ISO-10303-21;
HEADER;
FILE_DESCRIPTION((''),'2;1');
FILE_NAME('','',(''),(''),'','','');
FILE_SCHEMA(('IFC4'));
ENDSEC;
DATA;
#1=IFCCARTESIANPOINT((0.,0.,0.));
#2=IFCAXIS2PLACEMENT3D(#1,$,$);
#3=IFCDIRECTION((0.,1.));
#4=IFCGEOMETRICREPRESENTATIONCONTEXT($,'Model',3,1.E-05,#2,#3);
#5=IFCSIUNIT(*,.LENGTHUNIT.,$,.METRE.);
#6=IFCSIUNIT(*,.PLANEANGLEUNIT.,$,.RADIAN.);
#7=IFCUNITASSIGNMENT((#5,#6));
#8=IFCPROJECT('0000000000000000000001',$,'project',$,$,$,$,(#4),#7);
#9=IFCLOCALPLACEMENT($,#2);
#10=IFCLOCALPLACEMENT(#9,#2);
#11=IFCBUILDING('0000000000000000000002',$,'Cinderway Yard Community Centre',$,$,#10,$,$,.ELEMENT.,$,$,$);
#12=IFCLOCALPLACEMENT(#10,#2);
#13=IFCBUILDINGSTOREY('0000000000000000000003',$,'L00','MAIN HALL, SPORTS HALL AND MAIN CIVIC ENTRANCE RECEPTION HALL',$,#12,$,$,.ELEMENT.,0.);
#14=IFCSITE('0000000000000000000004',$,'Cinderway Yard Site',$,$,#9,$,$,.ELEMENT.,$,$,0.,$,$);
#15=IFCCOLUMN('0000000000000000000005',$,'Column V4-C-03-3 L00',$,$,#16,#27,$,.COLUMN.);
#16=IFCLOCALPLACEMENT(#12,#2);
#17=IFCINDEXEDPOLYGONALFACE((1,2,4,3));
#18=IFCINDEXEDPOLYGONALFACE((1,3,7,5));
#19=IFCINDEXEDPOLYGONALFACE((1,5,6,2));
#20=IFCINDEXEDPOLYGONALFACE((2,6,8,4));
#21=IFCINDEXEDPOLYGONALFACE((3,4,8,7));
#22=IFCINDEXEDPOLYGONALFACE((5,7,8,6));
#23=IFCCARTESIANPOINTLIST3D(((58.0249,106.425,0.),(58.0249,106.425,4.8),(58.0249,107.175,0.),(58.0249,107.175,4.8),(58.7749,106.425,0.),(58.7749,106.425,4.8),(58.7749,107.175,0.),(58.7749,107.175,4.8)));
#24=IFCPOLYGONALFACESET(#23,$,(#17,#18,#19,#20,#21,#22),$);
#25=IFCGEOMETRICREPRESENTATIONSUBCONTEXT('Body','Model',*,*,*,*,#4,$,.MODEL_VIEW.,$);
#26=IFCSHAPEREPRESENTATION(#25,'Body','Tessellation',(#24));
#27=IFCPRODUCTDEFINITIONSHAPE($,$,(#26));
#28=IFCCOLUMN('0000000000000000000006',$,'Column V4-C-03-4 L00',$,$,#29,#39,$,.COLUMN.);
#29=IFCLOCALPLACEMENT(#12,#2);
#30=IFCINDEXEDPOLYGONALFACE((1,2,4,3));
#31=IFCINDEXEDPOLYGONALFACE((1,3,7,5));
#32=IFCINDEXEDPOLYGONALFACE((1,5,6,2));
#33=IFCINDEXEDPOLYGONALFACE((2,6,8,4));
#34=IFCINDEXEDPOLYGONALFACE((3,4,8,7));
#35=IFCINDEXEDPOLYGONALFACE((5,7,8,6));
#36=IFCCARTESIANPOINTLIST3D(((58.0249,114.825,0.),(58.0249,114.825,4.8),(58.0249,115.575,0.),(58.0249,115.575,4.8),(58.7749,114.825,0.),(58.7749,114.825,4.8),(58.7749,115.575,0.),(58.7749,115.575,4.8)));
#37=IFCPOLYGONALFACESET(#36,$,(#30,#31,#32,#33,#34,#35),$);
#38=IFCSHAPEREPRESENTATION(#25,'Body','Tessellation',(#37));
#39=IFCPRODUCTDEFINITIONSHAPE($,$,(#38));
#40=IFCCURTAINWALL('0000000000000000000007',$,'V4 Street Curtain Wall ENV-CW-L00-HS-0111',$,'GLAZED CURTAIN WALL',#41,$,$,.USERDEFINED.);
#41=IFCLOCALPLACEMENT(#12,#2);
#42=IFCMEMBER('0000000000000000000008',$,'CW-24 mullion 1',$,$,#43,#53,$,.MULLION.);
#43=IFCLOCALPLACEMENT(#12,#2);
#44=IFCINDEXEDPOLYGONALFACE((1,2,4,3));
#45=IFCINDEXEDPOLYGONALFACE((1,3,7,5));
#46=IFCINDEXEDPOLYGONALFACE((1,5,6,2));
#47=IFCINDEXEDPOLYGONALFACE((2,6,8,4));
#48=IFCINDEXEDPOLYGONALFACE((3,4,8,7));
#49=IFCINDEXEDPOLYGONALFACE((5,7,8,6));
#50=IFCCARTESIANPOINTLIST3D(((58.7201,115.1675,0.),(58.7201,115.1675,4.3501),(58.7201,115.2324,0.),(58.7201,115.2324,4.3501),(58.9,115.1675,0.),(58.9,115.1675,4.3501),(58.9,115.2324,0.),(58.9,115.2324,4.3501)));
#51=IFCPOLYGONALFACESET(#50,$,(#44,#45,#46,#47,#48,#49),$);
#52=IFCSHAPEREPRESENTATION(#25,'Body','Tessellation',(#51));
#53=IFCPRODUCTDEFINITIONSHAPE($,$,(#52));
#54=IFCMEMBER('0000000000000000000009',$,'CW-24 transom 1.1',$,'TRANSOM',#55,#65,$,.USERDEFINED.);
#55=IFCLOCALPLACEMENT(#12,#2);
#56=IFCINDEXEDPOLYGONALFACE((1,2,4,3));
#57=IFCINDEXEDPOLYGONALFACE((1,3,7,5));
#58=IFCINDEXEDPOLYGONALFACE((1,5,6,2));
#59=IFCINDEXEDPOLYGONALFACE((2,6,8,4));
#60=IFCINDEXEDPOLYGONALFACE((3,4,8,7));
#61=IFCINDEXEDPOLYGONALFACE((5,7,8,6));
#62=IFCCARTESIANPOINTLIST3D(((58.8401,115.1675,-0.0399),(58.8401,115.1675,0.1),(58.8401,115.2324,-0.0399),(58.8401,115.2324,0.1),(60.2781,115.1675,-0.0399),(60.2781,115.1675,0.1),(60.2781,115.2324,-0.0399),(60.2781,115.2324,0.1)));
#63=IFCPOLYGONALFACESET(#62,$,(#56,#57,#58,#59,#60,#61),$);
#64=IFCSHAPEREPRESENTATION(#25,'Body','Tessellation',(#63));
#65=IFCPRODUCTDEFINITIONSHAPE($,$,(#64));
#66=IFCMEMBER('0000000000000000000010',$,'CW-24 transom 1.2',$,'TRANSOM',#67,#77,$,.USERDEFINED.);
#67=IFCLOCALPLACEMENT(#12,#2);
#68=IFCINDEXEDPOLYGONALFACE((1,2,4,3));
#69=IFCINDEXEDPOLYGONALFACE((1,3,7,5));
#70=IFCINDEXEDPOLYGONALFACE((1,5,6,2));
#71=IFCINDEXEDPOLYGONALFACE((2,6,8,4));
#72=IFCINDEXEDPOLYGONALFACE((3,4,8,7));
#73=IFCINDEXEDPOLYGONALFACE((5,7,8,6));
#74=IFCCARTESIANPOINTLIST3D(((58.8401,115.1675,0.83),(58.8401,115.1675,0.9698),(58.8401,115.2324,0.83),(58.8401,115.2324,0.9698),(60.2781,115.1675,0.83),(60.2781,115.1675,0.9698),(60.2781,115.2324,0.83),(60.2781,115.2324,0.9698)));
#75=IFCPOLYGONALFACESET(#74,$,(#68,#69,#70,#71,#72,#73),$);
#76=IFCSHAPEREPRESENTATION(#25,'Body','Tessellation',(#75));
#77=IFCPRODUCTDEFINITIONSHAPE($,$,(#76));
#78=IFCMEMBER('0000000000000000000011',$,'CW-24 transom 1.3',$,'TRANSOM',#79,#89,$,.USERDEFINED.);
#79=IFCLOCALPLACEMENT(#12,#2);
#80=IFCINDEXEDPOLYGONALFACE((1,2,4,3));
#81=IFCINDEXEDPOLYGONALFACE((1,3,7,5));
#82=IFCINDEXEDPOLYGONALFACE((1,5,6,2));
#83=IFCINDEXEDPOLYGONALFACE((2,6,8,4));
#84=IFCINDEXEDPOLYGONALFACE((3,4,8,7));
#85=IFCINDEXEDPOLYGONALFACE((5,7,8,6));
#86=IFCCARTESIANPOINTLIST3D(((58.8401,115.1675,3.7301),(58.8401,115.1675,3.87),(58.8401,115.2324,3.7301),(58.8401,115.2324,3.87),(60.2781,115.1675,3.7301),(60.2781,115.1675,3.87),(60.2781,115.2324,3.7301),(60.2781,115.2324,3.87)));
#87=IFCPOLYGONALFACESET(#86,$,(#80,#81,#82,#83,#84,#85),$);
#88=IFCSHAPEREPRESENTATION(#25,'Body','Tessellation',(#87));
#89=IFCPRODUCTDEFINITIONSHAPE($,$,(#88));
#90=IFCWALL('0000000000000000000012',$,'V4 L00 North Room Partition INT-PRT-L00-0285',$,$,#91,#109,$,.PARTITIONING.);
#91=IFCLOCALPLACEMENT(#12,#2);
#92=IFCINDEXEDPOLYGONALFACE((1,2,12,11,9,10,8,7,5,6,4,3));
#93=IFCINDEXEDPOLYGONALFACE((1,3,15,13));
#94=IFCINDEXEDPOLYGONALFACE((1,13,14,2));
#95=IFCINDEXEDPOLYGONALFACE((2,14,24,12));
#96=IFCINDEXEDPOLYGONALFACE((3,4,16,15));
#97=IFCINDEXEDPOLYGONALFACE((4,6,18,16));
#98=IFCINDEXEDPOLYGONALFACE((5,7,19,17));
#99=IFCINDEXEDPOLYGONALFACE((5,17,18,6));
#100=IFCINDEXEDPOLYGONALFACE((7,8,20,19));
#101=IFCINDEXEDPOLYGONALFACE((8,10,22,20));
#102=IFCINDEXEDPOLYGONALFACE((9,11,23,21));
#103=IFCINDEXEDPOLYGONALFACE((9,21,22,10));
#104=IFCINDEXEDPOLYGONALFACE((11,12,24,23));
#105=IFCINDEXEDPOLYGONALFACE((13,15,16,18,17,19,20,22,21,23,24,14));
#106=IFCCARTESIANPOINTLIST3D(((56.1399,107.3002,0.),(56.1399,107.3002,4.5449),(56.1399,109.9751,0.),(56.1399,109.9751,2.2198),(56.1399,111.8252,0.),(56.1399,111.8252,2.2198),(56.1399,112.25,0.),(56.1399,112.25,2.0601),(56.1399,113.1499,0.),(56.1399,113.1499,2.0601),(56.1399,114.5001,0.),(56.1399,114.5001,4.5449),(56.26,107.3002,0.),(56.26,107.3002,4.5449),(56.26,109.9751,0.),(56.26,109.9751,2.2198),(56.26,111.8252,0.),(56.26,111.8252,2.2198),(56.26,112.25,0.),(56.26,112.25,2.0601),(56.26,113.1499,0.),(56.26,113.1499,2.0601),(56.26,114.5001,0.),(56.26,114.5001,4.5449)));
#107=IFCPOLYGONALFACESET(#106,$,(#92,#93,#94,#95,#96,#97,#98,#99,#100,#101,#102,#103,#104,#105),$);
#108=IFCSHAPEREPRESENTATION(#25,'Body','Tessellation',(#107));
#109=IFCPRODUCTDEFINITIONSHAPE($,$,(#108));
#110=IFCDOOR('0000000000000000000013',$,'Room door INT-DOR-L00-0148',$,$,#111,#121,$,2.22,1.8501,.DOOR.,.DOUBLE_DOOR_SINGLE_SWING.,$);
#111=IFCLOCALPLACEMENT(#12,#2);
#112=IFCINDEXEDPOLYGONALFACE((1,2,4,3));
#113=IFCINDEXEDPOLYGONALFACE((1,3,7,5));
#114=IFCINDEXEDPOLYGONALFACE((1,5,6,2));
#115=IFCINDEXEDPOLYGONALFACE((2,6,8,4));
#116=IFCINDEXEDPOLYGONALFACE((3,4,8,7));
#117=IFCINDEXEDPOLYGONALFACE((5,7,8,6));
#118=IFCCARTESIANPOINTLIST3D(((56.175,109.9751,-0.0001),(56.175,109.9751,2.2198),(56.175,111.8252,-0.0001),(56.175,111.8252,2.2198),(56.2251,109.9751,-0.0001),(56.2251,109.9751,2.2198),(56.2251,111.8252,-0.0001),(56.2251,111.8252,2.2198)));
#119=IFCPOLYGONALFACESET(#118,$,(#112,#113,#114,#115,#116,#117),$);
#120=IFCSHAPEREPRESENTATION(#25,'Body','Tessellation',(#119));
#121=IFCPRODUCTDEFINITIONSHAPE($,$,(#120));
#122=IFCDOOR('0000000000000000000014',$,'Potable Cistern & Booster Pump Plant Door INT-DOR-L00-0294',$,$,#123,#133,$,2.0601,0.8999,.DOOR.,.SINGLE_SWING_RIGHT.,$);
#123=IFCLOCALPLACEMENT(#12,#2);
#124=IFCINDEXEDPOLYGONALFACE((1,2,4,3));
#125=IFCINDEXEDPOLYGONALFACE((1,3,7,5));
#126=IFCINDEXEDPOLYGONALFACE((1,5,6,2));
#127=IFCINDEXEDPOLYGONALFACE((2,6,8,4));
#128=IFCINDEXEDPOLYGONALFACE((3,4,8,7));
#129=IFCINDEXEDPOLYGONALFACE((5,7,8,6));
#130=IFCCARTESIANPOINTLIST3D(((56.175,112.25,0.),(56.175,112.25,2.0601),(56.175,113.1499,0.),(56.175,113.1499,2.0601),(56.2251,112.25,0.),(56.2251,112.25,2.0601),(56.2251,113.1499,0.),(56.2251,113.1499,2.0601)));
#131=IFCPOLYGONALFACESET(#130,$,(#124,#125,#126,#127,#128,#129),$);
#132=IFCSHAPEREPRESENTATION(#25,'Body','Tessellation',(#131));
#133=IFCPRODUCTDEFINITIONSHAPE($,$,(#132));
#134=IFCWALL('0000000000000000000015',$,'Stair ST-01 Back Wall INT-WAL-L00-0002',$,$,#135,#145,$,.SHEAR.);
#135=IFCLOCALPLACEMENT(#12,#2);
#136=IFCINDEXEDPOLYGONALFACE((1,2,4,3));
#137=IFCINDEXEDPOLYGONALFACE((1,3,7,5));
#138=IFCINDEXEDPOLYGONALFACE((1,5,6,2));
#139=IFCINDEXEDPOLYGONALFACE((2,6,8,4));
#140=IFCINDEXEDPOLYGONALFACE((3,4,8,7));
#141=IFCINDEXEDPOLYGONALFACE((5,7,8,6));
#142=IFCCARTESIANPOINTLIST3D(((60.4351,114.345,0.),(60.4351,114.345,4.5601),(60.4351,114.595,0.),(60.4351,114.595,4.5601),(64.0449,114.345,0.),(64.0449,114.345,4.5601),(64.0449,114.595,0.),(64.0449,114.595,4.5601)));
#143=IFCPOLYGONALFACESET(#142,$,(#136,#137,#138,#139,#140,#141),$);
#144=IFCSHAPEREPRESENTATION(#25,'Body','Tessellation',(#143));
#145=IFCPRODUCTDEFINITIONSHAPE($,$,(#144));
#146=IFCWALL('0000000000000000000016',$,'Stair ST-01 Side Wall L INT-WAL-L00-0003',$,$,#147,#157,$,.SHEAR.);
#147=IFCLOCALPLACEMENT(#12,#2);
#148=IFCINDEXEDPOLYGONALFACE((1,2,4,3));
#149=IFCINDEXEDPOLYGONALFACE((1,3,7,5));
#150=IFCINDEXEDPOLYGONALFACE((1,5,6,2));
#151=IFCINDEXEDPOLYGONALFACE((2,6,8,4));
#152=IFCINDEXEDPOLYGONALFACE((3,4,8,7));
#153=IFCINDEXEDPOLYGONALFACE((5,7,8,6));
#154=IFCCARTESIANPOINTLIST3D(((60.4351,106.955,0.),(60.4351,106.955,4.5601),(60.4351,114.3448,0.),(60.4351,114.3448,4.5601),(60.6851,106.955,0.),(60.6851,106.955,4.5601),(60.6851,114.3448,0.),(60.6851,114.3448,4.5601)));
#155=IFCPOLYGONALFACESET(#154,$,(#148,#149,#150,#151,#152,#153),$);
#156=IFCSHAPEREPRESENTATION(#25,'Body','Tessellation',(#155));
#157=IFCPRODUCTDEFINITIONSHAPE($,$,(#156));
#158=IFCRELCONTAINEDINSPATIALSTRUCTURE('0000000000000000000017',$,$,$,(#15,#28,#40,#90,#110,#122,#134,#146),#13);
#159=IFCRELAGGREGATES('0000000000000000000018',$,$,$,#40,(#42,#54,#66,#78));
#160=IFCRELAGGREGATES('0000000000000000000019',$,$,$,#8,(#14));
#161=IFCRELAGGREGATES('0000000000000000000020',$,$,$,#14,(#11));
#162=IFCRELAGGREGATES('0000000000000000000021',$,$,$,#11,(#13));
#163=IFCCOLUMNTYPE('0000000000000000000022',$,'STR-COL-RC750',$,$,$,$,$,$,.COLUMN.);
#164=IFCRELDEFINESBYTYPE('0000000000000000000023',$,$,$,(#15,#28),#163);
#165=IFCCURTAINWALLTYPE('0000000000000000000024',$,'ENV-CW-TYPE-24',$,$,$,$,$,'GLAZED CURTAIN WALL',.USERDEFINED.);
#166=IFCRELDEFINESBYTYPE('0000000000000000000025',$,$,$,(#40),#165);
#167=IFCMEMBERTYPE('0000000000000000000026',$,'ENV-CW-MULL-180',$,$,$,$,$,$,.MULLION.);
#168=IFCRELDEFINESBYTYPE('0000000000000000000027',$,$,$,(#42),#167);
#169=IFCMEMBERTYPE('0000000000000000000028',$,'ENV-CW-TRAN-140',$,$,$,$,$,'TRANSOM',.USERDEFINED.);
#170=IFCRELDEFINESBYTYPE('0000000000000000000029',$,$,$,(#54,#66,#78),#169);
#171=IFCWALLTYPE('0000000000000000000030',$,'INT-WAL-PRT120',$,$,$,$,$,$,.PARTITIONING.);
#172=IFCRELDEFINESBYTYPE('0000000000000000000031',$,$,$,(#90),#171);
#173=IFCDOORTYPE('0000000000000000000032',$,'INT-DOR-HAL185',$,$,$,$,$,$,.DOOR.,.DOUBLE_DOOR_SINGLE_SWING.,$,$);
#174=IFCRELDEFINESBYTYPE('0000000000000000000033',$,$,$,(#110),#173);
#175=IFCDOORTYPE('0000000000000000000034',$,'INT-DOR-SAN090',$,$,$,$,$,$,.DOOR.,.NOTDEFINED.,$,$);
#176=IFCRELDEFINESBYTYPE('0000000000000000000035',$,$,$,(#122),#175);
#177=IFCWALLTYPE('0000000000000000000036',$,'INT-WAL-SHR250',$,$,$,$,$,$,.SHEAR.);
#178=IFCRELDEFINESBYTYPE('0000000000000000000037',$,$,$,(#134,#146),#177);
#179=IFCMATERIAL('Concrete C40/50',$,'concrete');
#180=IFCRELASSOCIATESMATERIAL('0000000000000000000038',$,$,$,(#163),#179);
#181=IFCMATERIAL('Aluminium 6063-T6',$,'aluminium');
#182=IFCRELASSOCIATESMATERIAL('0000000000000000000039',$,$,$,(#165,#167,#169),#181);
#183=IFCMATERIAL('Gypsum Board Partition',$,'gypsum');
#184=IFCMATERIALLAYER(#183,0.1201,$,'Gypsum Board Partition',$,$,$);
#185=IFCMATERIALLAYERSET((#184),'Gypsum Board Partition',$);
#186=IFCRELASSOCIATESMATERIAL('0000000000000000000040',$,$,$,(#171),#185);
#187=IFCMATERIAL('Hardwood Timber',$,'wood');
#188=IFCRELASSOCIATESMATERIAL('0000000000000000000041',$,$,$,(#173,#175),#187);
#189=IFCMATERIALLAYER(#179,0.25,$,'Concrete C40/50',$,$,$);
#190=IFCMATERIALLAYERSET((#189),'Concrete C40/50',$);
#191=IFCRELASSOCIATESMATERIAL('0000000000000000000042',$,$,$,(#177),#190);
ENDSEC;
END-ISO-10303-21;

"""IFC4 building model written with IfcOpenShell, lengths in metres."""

from ifc_helpers import new_model, si_unit, direction, frame, frame_2d, origin, origin_2d, place, context, subcontext, project, spatial, rectangle, extrude, material, layer, layer_set, material_profile, profile_set, type_object, element, fill, aggregate, save


model = new_model("IFC4")

# Units and contexts
model_context = context("Model", 3, precision=1e-05, world=origin(), true_north=direction((0.0, 1.0)))
body_context = subcontext(model_context, "Body", "Model", "MODEL_VIEW")
ifc_project = project(units=[si_unit("LENGTHUNIT", "METRE"), si_unit("PLANEANGLEUNIT", "RADIAN")], contexts=[model_context])

# Site, building, storey
site_placement = place(None, origin())
site = spatial("IfcSite", under=ifc_project, at=site_placement, Name="Cinderway Yard Site", CompositionType="ELEMENT", RefElevation=0.0)
building_placement = place(site_placement, origin())
building = spatial("IfcBuilding", under=site, at=building_placement, Name="Cinderway Yard Community Centre", CompositionType="ELEMENT")
storey_placement = place(building_placement, origin())
storey = spatial("IfcBuildingStorey", under=building, at=storey_placement, Name="L00", Description="MAIN HALL, SPORTS HALL AND MAIN CIVIC ENTRANCE RECEPTION HALL", CompositionType="ELEMENT", Elevation=0.0)

# Shared definitions
ifc_material_1 = material(Name="Concrete C40/50", Category="concrete")

# Columns
ifc_material_profile_1 = material_profile(ifc_material_1, rectangle(XDim=0.75, YDim=0.75, at=origin_2d()), Name="Concrete C40/50")
ifc_profile_set_1 = profile_set([ifc_material_profile_1], Name="Concrete C40/50")
column_type = type_object("IfcColumnType", Name="STR-COL-RC750", PredefinedType="COLUMN", material=ifc_profile_set_1)
for number, where, z_axis, x_axis, name in (
    (1, (58.3999, 106.8, 0.0), (0.0, 0.0, 1.0), (1.0, 0.0, 0.0), "Column V4-C-03-3 L00"),
    (2, (58.3999, 115.2, 0.0), (0.0, 0.0, 1.0), (1.0, 0.0, 0.0), "Column V4-C-03-4 L00"),
):
    element("IfcColumn", number, at=place(storey_placement, frame(where, z_axis=z_axis, x_axis=x_axis)), inside=storey, type_object=column_type, Name=name, PredefinedType="COLUMN", context=body_context, shape_type="SweptSolid", body=[
        extrude(rectangle(XDim=0.75, YDim=0.75, at=origin_2d()), origin(), (0.0, 0.0, 1.0), 4.8),
    ])

# Curtain wall, members
ifc_material_2 = material(Name="Aluminium 6063-T6", Category="aluminium")
curtain_wall_type = type_object("IfcCurtainWallType", Name="ENV-CW-TYPE-24", ElementType="GLAZED CURTAIN WALL", PredefinedType="USERDEFINED", material=ifc_material_2)
curtain_wall_placement = place(storey_placement, origin())
curtain_wall = element("IfcCurtainWall", 3, at=curtain_wall_placement, inside=storey, type_object=curtain_wall_type, Name="V4 Street Curtain Wall ENV-CW-L00-HS-0111", ObjectType="GLAZED CURTAIN WALL", PredefinedType="USERDEFINED")
ifc_material_profile_2 = material_profile(ifc_material_2, rectangle(XDim=0.0649, YDim=0.1799, at=origin_2d()), Name="Aluminium 6063-T6")
ifc_profile_set_2 = profile_set([ifc_material_profile_2], Name="Aluminium 6063-T6")
member_type_1 = type_object("IfcMemberType", Name="ENV-CW-MULL-180", PredefinedType="MULLION", material=ifc_profile_set_2)
member_1_placement = place(storey_placement, frame((58.8101, 115.2, 0.0), z_axis=(0.0, 0.0, 1.0), x_axis=(0.0, 1.0, 0.0)))
member_1 = element("IfcMember", 4, at=member_1_placement, type_object=member_type_1, Name="CW-24 mullion 1", PredefinedType="MULLION", context=body_context, shape_type="SweptSolid", body=[
    extrude(rectangle(XDim=0.0649, YDim=0.1799, at=origin_2d()), origin(), (0.0, 0.0, 1.0), 4.3501),
])
ifc_material_profile_3 = material_profile(ifc_material_2, rectangle(XDim=0.0649, YDim=0.1399, at=origin_2d()), Name="Aluminium 6063-T6")
ifc_profile_set_3 = profile_set([ifc_material_profile_3], Name="Aluminium 6063-T6")
member_type_2 = type_object("IfcMemberType", Name="ENV-CW-TRAN-140", ElementType="TRANSOM", PredefinedType="USERDEFINED", material=ifc_profile_set_3)
member_2_placement = place(storey_placement, frame((58.8401, 115.2, 0.03), z_axis=(1.0, 0.0, 0.0), x_axis=(0.0, 1.0, 0.0)))
member_2 = element("IfcMember", 5, at=member_2_placement, type_object=member_type_2, Name="CW-24 transom 1.1", ObjectType="TRANSOM", PredefinedType="USERDEFINED", context=body_context, shape_type="SweptSolid", body=[
    extrude(rectangle(XDim=0.0649, YDim=0.1399, at=origin_2d()), origin(), (0.0, 0.0, 1.0), 1.438),
])
member_3_placement = place(storey_placement, frame((58.8401, 115.2, 0.8999), z_axis=(1.0, 0.0, 0.0), x_axis=(0.0, 1.0, 0.0)))
member_3 = element("IfcMember", 6, at=member_3_placement, type_object=member_type_2, Name="CW-24 transom 1.2", ObjectType="TRANSOM", PredefinedType="USERDEFINED", context=body_context, shape_type="SweptSolid", body=[
    extrude(rectangle(XDim=0.0649, YDim=0.1399, at=origin_2d()), origin(), (0.0, 0.0, 1.0), 1.438),
])
member_4_placement = place(storey_placement, frame((58.8401, 115.2, 3.8), z_axis=(1.0, 0.0, 0.0), x_axis=(0.0, 1.0, 0.0)))
member_4 = element("IfcMember", 7, at=member_4_placement, type_object=member_type_2, Name="CW-24 transom 1.3", ObjectType="TRANSOM", PredefinedType="USERDEFINED", context=body_context, shape_type="SweptSolid", body=[
    extrude(rectangle(XDim=0.0649, YDim=0.1399, at=origin_2d()), origin(), (0.0, 0.0, 1.0), 1.438),
])
aggregate(curtain_wall, [member_1, member_2, member_3, member_4])

# Wall, openings, doors
ifc_material_3 = material(Name="Gypsum Board Partition", Category="gypsum")
ifc_layer_1 = layer(ifc_material_3, 0.1201, Name="Gypsum Board Partition")
ifc_layer_set_1 = layer_set([ifc_layer_1], Name="Gypsum Board Partition")
wall_type_1 = type_object("IfcWallType", Name="INT-WAL-PRT120", PredefinedType="PARTITIONING", material=ifc_layer_set_1)
wall_1_placement = place(storey_placement, frame((56.2, 107.3, 0.0), z_axis=(0.0, 0.0, 1.0), x_axis=(0.0, 1.0, 0.0)))
wall_1 = element("IfcWall", 8, at=wall_1_placement, inside=storey, type_object=wall_type_1, Name="V4 L00 North Room Partition INT-PRT-L00-0285", PredefinedType="PARTITIONING", context=body_context, shape_type="SweptSolid", body=[
    extrude(rectangle(XDim=7.2, YDim=0.1201, at=frame_2d((3.6001, 0.0))), origin(), (0.0, 0.0, 1.0), 4.5449),
])
opening_1_placement = place(wall_1_placement, frame((2.675, 0.0, 0.0)))
opening_1 = element("IfcOpeningElement", 9, at=opening_1_placement, cuts=wall_1, PredefinedType="OPENING", context=body_context, shape_type="SweptSolid", body=[
    extrude(rectangle(XDim=1.8501, YDim=2.22, at=frame_2d((0.925, 1.1099))), frame((0.0, 0.0701, 0.0), z_axis=(0.0, -1.0, 0.0), x_axis=(1.0, 0.0, 0.0)), (0.0, 0.0, 1.0), 0.1401),
])
opening_2_placement = place(wall_1_placement, frame((4.95, 0.0, 0.0)))
opening_2 = element("IfcOpeningElement", 10, at=opening_2_placement, cuts=wall_1, PredefinedType="OPENING", context=body_context, shape_type="SweptSolid", body=[
    extrude(rectangle(XDim=0.8999, YDim=2.0601, at=frame_2d((0.45, 1.03))), frame((0.0, 0.0701, 0.0), z_axis=(0.0, -1.0, 0.0), x_axis=(1.0, 0.0, 0.0)), (0.0, 0.0, 1.0), 0.1401),
])
ifc_material_4 = material(Name="Hardwood Timber", Category="wood")
door_type_1 = type_object("IfcDoorType", Name="INT-DOR-HAL185", OperationType="DOUBLE_DOOR_SINGLE_SWING", PredefinedType="DOOR", material=ifc_material_4)
door_1_placement = place(opening_1_placement, origin())
door_1 = element("IfcDoor", 11, at=door_1_placement, inside=storey, type_object=door_type_1, Name="Room door INT-DOR-L00-0148", OperationType="DOUBLE_DOOR_SINGLE_SWING", OverallHeight=2.22, OverallWidth=1.8501, PredefinedType="DOOR", context=body_context, shape_type="SweptSolid", body=[
    extrude(rectangle(XDim=1.8501, YDim=2.22, at=frame_2d((0.925, 1.1099))), frame((0.0, 0.0249, 0.0), z_axis=(0.0, -1.0, 0.0), x_axis=(1.0, 0.0, 0.0)), (0.0, 0.0, 1.0), 0.05),
])
fill(opening_1, door_1)
door_type_2 = type_object("IfcDoorType", Name="INT-DOR-SAN090", OperationType="NOTDEFINED", PredefinedType="DOOR", material=ifc_material_4)
door_2_placement = place(opening_2_placement, origin())
door_2 = element("IfcDoor", 12, at=door_2_placement, inside=storey, type_object=door_type_2, Name="Potable Cistern & Booster Pump Plant Door INT-DOR-L00-0294", OperationType="SINGLE_SWING_RIGHT", OverallHeight=2.0601, OverallWidth=0.8999, PredefinedType="DOOR", context=body_context, shape_type="SweptSolid", body=[
    extrude(rectangle(XDim=0.8999, YDim=2.0601, at=frame_2d((0.45, 1.03))), frame((0.0, 0.0249, 0.0), z_axis=(0.0, -1.0, 0.0), x_axis=(1.0, 0.0, 0.0)), (0.0, 0.0, 1.0), 0.05),
])
fill(opening_2, door_2)

# Walls
ifc_layer_2 = layer(ifc_material_1, 0.25, Name="Concrete C40/50")
ifc_layer_set_2 = layer_set([ifc_layer_2], Name="Concrete C40/50")
wall_type_2 = type_object("IfcWallType", Name="INT-WAL-SHR250", PredefinedType="SHEAR", material=ifc_layer_set_2)
wall_2_placement = place(storey_placement, frame((60.4351, 114.47, 0.0), z_axis=(0.0, 0.0, 1.0), x_axis=(1.0, 0.0, 0.0)))
element("IfcWall", 13, at=wall_2_placement, inside=storey, type_object=wall_type_2, Name="Stair ST-01 Back Wall INT-WAL-L00-0002", PredefinedType="SHEAR", context=body_context, shape_type="SweptSolid", body=[
    extrude(rectangle(XDim=3.6099, YDim=0.25, at=frame_2d((1.8049, 0.0))), origin(), (0.0, 0.0, 1.0), 4.5601),
])
wall_3_placement = place(storey_placement, frame((60.5601, 106.9551, 0.0), z_axis=(0.0, 0.0, 1.0), x_axis=(0.0, 1.0, 0.0)))
element("IfcWall", 14, at=wall_3_placement, inside=storey, type_object=wall_type_2, Name="Stair ST-01 Side Wall L INT-WAL-L00-0003", PredefinedType="SHEAR", context=body_context, shape_type="SweptSolid", body=[
    extrude(rectangle(XDim=7.3899, YDim=0.25, at=frame_2d((3.6948, 0.0))), origin(), (0.0, 0.0, 1.0), 4.5601),
])

save(model, "model.ifc")
